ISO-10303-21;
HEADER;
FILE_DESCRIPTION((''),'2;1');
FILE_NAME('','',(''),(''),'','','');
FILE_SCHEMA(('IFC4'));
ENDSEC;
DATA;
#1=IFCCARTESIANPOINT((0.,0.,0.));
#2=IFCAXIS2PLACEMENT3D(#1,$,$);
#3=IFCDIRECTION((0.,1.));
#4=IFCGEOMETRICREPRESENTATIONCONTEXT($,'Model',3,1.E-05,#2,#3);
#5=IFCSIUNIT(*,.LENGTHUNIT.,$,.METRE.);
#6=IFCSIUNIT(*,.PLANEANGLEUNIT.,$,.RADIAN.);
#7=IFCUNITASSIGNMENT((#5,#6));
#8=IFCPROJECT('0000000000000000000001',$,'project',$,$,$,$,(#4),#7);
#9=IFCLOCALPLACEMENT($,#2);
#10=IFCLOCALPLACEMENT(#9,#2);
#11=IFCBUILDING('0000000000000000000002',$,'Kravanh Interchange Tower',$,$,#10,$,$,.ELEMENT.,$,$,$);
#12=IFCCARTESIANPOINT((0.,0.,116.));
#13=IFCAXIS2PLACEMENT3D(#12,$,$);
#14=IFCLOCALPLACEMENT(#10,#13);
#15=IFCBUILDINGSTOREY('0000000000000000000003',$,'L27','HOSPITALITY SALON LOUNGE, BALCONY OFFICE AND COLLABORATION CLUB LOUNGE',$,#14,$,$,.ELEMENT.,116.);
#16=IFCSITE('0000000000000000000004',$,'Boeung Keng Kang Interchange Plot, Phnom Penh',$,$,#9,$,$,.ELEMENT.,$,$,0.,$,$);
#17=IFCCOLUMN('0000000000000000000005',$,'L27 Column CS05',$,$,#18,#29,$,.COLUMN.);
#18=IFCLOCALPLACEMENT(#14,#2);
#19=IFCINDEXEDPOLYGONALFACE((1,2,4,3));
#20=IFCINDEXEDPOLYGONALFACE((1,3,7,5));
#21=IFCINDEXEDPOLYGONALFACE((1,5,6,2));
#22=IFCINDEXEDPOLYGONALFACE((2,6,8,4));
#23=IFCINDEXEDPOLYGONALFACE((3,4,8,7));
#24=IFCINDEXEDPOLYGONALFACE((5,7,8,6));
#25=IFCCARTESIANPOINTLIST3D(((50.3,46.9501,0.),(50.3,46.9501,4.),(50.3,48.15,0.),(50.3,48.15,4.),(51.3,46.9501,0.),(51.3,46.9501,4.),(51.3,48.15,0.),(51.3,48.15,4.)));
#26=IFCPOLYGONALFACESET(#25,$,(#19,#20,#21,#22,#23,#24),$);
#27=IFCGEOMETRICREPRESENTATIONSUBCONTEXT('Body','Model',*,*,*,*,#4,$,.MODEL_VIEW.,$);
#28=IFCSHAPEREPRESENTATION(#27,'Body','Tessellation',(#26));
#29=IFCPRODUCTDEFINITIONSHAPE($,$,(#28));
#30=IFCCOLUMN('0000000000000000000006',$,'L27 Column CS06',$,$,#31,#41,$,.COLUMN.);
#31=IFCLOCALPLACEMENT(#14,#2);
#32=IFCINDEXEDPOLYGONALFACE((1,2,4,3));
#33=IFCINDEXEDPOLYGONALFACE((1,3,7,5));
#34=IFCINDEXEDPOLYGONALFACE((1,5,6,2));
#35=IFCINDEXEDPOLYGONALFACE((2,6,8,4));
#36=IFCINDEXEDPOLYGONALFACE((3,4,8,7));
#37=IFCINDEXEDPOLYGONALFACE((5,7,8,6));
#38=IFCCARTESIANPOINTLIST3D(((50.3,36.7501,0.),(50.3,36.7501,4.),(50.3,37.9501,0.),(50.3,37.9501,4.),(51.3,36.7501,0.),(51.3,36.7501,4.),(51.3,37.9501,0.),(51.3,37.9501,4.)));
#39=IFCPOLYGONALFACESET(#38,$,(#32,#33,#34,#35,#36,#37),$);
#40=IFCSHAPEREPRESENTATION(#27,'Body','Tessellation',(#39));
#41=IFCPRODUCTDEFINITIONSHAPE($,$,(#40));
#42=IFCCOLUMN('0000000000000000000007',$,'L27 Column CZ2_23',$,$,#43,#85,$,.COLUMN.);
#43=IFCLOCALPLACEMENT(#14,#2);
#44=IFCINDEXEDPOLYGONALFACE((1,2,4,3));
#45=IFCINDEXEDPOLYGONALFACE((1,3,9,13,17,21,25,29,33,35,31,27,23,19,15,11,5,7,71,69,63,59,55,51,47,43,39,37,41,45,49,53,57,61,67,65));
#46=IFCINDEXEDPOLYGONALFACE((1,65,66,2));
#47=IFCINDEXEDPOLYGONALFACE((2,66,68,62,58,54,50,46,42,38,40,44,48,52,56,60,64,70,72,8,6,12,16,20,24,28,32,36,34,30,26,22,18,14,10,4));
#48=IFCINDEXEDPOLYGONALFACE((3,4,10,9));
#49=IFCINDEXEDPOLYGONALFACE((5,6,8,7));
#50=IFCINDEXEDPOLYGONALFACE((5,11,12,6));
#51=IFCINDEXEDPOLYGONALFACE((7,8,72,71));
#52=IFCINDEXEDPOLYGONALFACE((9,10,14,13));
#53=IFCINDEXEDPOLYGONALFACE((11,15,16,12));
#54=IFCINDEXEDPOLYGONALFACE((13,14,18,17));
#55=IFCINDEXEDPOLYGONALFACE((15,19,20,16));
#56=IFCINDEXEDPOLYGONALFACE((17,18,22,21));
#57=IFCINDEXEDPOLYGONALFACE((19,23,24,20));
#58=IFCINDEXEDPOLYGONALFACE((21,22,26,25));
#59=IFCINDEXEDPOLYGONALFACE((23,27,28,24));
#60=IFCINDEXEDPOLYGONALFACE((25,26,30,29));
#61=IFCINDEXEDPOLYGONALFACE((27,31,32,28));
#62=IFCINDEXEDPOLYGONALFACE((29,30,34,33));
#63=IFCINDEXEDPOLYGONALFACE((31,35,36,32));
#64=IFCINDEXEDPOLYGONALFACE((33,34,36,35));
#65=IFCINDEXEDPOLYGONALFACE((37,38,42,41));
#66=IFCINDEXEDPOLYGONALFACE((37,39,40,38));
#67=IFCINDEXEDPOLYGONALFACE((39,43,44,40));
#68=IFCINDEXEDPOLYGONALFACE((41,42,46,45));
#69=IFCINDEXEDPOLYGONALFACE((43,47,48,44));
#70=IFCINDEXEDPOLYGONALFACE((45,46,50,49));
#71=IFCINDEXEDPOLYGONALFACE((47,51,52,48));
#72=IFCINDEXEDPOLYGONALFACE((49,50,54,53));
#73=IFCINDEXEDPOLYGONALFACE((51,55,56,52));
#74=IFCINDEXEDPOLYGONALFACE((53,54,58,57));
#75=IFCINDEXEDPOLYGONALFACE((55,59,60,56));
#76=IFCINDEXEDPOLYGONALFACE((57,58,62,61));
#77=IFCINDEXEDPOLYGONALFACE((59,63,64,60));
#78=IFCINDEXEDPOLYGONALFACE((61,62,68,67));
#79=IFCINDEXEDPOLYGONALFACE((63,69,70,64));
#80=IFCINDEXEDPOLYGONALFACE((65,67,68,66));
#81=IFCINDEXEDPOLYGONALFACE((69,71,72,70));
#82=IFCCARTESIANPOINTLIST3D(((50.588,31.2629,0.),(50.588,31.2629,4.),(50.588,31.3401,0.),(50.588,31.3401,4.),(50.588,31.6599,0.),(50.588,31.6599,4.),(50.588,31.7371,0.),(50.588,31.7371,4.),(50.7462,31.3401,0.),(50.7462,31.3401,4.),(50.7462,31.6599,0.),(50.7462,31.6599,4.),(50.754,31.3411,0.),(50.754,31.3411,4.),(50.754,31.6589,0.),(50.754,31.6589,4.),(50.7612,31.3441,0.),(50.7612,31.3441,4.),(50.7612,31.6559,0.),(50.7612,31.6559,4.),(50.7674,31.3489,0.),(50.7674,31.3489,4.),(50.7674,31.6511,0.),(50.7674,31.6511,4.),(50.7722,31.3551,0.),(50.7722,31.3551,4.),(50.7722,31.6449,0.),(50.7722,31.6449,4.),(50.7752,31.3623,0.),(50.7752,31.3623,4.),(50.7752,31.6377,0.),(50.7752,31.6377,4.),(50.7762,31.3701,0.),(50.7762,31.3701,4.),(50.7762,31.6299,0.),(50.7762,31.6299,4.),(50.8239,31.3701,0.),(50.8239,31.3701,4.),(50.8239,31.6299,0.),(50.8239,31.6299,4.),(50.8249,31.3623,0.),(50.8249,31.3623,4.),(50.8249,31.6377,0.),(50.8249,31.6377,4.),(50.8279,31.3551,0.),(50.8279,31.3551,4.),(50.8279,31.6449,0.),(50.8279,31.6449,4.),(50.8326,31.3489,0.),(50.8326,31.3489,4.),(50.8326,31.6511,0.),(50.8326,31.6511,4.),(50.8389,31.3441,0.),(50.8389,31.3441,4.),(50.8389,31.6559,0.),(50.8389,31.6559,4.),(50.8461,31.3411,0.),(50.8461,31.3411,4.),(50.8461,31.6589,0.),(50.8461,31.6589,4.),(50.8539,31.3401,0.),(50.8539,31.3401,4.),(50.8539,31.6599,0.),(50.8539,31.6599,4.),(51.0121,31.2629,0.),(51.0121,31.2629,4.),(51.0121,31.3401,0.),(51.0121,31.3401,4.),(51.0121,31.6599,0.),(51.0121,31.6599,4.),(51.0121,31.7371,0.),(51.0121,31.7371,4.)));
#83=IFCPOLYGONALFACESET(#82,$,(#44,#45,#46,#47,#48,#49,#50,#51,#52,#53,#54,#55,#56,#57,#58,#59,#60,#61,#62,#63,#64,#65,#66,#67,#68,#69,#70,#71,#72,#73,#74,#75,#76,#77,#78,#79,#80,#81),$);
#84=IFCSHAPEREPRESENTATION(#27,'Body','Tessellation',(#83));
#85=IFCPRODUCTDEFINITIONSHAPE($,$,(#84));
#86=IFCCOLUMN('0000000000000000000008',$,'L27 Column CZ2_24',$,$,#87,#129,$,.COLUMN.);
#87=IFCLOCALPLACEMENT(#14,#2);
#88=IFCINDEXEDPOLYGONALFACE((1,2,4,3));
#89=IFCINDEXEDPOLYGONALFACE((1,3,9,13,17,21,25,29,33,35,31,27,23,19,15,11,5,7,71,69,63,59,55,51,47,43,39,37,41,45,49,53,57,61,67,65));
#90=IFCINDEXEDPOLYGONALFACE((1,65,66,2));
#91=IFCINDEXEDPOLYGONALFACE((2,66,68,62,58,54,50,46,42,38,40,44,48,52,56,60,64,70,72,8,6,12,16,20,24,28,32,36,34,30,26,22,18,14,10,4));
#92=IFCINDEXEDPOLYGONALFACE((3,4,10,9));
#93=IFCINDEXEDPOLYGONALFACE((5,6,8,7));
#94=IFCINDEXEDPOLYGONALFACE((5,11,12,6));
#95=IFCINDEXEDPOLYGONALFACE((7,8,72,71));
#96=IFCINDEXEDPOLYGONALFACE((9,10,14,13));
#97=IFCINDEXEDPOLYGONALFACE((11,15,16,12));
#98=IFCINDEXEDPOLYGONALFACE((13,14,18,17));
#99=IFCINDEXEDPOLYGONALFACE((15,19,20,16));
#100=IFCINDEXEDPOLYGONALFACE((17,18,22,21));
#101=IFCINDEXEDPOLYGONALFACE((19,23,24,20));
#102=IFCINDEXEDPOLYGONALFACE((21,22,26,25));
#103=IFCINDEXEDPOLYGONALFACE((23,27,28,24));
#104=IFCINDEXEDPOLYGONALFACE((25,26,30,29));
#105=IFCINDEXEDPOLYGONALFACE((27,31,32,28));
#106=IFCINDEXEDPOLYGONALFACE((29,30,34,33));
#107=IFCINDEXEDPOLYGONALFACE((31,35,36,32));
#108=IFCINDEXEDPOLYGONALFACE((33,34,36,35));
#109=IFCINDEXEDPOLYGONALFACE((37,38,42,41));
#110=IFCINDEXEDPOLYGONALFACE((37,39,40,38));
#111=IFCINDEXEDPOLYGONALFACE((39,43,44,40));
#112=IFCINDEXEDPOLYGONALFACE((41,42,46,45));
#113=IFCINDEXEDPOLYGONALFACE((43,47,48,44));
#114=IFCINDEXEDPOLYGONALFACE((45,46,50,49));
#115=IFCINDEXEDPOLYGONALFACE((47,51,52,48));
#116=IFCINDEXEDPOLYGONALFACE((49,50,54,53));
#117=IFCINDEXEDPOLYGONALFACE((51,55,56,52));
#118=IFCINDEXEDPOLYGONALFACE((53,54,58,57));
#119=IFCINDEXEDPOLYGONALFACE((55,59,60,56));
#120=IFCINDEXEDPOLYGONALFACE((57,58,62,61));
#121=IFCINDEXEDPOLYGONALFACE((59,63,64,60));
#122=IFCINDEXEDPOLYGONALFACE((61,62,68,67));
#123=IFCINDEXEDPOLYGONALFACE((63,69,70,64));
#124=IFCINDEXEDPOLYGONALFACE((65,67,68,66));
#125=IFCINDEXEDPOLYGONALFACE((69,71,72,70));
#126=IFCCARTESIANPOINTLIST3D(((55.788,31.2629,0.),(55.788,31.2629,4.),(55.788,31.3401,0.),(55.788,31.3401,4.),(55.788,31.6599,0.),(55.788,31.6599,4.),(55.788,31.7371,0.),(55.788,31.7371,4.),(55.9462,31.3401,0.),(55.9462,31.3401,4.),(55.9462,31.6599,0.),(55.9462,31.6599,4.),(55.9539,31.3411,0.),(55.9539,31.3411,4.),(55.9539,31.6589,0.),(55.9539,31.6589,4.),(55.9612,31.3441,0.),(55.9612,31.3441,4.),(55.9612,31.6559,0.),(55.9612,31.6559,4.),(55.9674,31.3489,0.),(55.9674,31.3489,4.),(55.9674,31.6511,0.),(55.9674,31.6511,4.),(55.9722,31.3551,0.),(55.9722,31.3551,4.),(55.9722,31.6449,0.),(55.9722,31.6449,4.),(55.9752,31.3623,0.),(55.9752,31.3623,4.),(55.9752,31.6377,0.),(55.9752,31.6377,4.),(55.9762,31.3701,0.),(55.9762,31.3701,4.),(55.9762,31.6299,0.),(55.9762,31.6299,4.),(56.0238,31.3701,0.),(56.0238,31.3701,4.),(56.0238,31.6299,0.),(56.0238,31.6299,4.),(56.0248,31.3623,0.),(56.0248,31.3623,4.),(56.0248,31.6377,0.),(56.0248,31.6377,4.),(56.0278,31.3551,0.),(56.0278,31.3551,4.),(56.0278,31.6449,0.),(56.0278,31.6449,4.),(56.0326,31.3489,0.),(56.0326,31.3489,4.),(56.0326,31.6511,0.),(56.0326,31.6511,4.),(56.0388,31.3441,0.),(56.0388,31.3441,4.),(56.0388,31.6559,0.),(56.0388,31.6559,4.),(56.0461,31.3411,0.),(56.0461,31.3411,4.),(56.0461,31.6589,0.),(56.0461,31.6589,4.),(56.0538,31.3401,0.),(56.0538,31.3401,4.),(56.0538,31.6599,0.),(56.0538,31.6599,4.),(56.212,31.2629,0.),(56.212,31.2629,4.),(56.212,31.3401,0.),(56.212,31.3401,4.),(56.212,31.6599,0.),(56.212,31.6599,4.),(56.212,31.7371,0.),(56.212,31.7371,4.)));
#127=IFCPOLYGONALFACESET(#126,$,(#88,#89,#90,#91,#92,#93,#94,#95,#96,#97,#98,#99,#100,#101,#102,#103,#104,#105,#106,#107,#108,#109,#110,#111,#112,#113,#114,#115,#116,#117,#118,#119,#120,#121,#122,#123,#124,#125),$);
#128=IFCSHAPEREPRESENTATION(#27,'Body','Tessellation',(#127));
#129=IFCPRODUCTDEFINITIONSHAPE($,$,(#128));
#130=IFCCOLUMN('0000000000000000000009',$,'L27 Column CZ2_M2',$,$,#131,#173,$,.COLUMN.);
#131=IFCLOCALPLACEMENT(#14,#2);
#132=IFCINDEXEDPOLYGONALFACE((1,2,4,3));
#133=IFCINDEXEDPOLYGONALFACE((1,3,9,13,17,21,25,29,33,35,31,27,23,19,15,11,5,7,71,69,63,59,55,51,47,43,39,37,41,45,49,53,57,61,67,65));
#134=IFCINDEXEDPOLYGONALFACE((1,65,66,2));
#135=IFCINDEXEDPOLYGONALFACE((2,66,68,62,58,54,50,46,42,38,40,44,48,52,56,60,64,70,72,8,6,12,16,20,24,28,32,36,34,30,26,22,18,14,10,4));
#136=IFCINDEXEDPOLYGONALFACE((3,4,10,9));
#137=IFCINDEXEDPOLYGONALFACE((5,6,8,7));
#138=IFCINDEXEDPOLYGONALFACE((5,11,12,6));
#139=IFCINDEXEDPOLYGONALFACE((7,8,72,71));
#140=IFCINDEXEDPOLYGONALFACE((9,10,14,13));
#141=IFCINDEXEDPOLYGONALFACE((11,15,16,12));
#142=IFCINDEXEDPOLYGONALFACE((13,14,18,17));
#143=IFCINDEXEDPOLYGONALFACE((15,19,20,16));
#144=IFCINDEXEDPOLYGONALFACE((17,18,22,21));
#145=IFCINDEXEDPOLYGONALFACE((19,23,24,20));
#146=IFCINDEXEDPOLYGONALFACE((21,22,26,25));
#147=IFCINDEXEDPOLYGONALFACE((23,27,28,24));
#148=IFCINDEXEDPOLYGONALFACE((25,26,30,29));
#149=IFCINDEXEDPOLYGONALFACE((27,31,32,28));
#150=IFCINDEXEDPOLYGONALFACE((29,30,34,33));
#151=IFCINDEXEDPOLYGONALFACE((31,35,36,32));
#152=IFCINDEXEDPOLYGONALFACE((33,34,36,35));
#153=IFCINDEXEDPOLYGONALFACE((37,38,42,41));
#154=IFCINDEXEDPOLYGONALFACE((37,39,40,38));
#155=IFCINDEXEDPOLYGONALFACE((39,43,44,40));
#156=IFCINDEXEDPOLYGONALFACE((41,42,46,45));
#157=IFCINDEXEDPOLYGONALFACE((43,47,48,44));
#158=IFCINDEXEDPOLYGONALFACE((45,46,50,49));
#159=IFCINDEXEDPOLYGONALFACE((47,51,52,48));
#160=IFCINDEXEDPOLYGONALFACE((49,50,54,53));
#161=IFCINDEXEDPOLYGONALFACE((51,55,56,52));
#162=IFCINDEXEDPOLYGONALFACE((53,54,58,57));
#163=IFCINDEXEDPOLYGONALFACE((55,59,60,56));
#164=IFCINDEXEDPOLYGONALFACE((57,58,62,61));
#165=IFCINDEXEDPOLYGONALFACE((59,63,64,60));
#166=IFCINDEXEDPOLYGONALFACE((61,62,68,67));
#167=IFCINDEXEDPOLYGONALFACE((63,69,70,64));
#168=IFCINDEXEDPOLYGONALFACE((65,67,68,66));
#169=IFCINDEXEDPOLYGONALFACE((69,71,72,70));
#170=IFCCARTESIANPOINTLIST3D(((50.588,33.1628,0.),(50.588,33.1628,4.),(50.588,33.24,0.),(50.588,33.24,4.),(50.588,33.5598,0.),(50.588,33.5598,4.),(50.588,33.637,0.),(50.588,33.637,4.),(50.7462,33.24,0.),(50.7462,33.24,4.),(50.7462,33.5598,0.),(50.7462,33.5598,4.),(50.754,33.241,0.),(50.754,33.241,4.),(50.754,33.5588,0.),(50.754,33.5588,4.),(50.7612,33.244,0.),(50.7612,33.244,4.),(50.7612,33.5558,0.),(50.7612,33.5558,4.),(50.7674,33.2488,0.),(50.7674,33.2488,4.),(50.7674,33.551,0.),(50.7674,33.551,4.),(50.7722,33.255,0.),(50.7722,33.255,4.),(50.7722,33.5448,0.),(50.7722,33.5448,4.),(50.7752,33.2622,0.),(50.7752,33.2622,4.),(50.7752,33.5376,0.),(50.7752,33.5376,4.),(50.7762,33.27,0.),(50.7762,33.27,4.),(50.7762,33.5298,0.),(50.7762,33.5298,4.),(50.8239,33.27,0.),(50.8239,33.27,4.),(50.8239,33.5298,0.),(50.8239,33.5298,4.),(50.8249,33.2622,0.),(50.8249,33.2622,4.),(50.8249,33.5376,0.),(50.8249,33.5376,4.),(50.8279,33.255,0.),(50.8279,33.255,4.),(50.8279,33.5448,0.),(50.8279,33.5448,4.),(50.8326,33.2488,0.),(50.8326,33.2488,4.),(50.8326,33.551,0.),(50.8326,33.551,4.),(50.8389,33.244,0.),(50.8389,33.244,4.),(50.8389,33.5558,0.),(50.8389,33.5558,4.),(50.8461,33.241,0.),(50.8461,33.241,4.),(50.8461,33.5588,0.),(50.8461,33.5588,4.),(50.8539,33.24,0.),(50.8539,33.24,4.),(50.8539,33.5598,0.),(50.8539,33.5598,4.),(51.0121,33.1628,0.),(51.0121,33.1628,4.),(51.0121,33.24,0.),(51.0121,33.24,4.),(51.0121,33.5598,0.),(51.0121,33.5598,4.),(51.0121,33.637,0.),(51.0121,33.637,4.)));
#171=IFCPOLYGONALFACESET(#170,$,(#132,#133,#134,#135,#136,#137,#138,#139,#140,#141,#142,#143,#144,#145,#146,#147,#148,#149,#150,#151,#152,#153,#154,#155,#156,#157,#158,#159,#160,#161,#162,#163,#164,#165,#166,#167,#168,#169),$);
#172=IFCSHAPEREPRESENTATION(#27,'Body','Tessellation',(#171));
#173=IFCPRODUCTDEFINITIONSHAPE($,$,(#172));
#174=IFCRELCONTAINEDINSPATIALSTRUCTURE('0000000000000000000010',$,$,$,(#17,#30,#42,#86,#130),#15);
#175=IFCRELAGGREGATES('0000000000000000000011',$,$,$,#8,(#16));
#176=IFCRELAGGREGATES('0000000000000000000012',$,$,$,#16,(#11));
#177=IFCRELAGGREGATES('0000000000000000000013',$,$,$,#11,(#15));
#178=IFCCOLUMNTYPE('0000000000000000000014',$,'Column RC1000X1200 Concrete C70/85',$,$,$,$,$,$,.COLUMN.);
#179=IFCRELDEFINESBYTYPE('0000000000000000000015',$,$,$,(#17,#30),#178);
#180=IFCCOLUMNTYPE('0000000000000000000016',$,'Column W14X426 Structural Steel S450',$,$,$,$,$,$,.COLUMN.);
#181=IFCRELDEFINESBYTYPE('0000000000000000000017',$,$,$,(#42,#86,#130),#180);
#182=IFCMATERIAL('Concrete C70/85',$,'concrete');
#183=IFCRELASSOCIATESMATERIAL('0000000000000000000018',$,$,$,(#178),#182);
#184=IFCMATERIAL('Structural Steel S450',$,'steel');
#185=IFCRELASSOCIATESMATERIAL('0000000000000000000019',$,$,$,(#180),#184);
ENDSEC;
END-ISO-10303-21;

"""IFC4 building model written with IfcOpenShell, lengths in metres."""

from ifc_helpers import new_model, si_unit, direction, frame, origin, origin_2d, place, context, subcontext, project, spatial, rectangle, i_section, extrude, material, material_profile, profile_set, type_object, element, save


model = new_model("IFC4")

# Units and contexts
model_context = context("Model", 3, precision=1e-05, world=origin(), true_north=direction((0.0, 1.0)))
body_context = subcontext(model_context, "Body", "Model", "MODEL_VIEW")
ifc_project = project(units=[si_unit("LENGTHUNIT", "METRE"), si_unit("PLANEANGLEUNIT", "RADIAN")], contexts=[model_context])

# Site, building, storey
site_placement = place(None, origin())
site = spatial("IfcSite", under=ifc_project, at=site_placement, Name="Boeung Keng Kang Interchange Plot, Phnom Penh", CompositionType="ELEMENT", RefElevation=0.0)
building_placement = place(site_placement, origin())
building = spatial("IfcBuilding", under=site, at=building_placement, Name="Kravanh Interchange Tower", CompositionType="ELEMENT")
storey_placement = place(building_placement, frame((0.0, 0.0, 116.0)))
storey = spatial("IfcBuildingStorey", under=building, at=storey_placement, Name="L27", Description="HOSPITALITY SALON LOUNGE, BALCONY OFFICE AND COLLABORATION CLUB LOUNGE", CompositionType="ELEMENT", Elevation=116.0)

# Columns
ifc_material_1 = material(Name="Concrete C70/85", Category="concrete")
ifc_material_profile_1 = material_profile(ifc_material_1, rectangle(XDim=1.0, YDim=1.2, at=origin_2d()), Name="RC1000X1200")
ifc_profile_set_1 = profile_set([ifc_material_profile_1], Name="Concrete C70/85")
column_type_1 = type_object("IfcColumnType", Name="Column RC1000X1200 Concrete C70/85", PredefinedType="COLUMN", material=ifc_profile_set_1)
for number, where, z_axis, x_axis, name in (
    (1, (50.8, 47.55, 0.0), (0.0, 0.0, 1.0), (1.0, 0.0, 0.0), "L27 Column CS05"),
    (2, (50.8, 37.3501, 0.0), (0.0, 0.0, 1.0), (1.0, 0.0, 0.0), "L27 Column CS06"),
):
    element("IfcColumn", number, at=place(storey_placement, frame(where, z_axis=z_axis, x_axis=x_axis)), inside=storey, type_object=column_type_1, Name=name, PredefinedType="COLUMN", context=body_context, shape_type="SweptSolid", body=[
        extrude(rectangle(XDim=1.0, YDim=1.2, at=origin_2d()), origin(), (0.0, 0.0, 1.0), 4.0),
    ])
ifc_material_2 = material(Name="Structural Steel S450", Category="steel")
ifc_material_profile_2 = material_profile(ifc_material_2, i_section(OverallWidth=0.4241, OverallDepth=0.4741, WebThickness=0.0476, FlangeThickness=0.0771, FilletRadius=0.03, at=origin_2d()), Name="W14X426")
ifc_profile_set_2 = profile_set([ifc_material_profile_2], Name="Structural Steel S450")
column_type_2 = type_object("IfcColumnType", Name="Column W14X426 Structural Steel S450", PredefinedType="COLUMN", material=ifc_profile_set_2)
for number, where, z_axis, x_axis, name in (
    (3, (50.8, 31.5, 0.0), (0.0, 0.0, 1.0), (1.0, 0.0, 0.0), "L27 Column CZ2_23"),
    (4, (56.0, 31.5, 0.0), (0.0, 0.0, 1.0), (1.0, 0.0, 0.0), "L27 Column CZ2_24"),
    (5, (50.8, 33.3999, 0.0), (0.0, 0.0, 1.0), (1.0, 0.0, 0.0), "L27 Column CZ2_M2"),
):
    element("IfcColumn", number, at=place(storey_placement, frame(where, z_axis=z_axis, x_axis=x_axis)), inside=storey, type_object=column_type_2, Name=name, PredefinedType="COLUMN", context=body_context, shape_type="SweptSolid", body=[
        extrude(i_section(OverallWidth=0.4241, OverallDepth=0.4741, WebThickness=0.0476, FlangeThickness=0.0771, FilletRadius=0.03, at=origin_2d()), origin(), (0.0, 0.0, 1.0), 4.0),
    ])

save(model, "model.ifc")
